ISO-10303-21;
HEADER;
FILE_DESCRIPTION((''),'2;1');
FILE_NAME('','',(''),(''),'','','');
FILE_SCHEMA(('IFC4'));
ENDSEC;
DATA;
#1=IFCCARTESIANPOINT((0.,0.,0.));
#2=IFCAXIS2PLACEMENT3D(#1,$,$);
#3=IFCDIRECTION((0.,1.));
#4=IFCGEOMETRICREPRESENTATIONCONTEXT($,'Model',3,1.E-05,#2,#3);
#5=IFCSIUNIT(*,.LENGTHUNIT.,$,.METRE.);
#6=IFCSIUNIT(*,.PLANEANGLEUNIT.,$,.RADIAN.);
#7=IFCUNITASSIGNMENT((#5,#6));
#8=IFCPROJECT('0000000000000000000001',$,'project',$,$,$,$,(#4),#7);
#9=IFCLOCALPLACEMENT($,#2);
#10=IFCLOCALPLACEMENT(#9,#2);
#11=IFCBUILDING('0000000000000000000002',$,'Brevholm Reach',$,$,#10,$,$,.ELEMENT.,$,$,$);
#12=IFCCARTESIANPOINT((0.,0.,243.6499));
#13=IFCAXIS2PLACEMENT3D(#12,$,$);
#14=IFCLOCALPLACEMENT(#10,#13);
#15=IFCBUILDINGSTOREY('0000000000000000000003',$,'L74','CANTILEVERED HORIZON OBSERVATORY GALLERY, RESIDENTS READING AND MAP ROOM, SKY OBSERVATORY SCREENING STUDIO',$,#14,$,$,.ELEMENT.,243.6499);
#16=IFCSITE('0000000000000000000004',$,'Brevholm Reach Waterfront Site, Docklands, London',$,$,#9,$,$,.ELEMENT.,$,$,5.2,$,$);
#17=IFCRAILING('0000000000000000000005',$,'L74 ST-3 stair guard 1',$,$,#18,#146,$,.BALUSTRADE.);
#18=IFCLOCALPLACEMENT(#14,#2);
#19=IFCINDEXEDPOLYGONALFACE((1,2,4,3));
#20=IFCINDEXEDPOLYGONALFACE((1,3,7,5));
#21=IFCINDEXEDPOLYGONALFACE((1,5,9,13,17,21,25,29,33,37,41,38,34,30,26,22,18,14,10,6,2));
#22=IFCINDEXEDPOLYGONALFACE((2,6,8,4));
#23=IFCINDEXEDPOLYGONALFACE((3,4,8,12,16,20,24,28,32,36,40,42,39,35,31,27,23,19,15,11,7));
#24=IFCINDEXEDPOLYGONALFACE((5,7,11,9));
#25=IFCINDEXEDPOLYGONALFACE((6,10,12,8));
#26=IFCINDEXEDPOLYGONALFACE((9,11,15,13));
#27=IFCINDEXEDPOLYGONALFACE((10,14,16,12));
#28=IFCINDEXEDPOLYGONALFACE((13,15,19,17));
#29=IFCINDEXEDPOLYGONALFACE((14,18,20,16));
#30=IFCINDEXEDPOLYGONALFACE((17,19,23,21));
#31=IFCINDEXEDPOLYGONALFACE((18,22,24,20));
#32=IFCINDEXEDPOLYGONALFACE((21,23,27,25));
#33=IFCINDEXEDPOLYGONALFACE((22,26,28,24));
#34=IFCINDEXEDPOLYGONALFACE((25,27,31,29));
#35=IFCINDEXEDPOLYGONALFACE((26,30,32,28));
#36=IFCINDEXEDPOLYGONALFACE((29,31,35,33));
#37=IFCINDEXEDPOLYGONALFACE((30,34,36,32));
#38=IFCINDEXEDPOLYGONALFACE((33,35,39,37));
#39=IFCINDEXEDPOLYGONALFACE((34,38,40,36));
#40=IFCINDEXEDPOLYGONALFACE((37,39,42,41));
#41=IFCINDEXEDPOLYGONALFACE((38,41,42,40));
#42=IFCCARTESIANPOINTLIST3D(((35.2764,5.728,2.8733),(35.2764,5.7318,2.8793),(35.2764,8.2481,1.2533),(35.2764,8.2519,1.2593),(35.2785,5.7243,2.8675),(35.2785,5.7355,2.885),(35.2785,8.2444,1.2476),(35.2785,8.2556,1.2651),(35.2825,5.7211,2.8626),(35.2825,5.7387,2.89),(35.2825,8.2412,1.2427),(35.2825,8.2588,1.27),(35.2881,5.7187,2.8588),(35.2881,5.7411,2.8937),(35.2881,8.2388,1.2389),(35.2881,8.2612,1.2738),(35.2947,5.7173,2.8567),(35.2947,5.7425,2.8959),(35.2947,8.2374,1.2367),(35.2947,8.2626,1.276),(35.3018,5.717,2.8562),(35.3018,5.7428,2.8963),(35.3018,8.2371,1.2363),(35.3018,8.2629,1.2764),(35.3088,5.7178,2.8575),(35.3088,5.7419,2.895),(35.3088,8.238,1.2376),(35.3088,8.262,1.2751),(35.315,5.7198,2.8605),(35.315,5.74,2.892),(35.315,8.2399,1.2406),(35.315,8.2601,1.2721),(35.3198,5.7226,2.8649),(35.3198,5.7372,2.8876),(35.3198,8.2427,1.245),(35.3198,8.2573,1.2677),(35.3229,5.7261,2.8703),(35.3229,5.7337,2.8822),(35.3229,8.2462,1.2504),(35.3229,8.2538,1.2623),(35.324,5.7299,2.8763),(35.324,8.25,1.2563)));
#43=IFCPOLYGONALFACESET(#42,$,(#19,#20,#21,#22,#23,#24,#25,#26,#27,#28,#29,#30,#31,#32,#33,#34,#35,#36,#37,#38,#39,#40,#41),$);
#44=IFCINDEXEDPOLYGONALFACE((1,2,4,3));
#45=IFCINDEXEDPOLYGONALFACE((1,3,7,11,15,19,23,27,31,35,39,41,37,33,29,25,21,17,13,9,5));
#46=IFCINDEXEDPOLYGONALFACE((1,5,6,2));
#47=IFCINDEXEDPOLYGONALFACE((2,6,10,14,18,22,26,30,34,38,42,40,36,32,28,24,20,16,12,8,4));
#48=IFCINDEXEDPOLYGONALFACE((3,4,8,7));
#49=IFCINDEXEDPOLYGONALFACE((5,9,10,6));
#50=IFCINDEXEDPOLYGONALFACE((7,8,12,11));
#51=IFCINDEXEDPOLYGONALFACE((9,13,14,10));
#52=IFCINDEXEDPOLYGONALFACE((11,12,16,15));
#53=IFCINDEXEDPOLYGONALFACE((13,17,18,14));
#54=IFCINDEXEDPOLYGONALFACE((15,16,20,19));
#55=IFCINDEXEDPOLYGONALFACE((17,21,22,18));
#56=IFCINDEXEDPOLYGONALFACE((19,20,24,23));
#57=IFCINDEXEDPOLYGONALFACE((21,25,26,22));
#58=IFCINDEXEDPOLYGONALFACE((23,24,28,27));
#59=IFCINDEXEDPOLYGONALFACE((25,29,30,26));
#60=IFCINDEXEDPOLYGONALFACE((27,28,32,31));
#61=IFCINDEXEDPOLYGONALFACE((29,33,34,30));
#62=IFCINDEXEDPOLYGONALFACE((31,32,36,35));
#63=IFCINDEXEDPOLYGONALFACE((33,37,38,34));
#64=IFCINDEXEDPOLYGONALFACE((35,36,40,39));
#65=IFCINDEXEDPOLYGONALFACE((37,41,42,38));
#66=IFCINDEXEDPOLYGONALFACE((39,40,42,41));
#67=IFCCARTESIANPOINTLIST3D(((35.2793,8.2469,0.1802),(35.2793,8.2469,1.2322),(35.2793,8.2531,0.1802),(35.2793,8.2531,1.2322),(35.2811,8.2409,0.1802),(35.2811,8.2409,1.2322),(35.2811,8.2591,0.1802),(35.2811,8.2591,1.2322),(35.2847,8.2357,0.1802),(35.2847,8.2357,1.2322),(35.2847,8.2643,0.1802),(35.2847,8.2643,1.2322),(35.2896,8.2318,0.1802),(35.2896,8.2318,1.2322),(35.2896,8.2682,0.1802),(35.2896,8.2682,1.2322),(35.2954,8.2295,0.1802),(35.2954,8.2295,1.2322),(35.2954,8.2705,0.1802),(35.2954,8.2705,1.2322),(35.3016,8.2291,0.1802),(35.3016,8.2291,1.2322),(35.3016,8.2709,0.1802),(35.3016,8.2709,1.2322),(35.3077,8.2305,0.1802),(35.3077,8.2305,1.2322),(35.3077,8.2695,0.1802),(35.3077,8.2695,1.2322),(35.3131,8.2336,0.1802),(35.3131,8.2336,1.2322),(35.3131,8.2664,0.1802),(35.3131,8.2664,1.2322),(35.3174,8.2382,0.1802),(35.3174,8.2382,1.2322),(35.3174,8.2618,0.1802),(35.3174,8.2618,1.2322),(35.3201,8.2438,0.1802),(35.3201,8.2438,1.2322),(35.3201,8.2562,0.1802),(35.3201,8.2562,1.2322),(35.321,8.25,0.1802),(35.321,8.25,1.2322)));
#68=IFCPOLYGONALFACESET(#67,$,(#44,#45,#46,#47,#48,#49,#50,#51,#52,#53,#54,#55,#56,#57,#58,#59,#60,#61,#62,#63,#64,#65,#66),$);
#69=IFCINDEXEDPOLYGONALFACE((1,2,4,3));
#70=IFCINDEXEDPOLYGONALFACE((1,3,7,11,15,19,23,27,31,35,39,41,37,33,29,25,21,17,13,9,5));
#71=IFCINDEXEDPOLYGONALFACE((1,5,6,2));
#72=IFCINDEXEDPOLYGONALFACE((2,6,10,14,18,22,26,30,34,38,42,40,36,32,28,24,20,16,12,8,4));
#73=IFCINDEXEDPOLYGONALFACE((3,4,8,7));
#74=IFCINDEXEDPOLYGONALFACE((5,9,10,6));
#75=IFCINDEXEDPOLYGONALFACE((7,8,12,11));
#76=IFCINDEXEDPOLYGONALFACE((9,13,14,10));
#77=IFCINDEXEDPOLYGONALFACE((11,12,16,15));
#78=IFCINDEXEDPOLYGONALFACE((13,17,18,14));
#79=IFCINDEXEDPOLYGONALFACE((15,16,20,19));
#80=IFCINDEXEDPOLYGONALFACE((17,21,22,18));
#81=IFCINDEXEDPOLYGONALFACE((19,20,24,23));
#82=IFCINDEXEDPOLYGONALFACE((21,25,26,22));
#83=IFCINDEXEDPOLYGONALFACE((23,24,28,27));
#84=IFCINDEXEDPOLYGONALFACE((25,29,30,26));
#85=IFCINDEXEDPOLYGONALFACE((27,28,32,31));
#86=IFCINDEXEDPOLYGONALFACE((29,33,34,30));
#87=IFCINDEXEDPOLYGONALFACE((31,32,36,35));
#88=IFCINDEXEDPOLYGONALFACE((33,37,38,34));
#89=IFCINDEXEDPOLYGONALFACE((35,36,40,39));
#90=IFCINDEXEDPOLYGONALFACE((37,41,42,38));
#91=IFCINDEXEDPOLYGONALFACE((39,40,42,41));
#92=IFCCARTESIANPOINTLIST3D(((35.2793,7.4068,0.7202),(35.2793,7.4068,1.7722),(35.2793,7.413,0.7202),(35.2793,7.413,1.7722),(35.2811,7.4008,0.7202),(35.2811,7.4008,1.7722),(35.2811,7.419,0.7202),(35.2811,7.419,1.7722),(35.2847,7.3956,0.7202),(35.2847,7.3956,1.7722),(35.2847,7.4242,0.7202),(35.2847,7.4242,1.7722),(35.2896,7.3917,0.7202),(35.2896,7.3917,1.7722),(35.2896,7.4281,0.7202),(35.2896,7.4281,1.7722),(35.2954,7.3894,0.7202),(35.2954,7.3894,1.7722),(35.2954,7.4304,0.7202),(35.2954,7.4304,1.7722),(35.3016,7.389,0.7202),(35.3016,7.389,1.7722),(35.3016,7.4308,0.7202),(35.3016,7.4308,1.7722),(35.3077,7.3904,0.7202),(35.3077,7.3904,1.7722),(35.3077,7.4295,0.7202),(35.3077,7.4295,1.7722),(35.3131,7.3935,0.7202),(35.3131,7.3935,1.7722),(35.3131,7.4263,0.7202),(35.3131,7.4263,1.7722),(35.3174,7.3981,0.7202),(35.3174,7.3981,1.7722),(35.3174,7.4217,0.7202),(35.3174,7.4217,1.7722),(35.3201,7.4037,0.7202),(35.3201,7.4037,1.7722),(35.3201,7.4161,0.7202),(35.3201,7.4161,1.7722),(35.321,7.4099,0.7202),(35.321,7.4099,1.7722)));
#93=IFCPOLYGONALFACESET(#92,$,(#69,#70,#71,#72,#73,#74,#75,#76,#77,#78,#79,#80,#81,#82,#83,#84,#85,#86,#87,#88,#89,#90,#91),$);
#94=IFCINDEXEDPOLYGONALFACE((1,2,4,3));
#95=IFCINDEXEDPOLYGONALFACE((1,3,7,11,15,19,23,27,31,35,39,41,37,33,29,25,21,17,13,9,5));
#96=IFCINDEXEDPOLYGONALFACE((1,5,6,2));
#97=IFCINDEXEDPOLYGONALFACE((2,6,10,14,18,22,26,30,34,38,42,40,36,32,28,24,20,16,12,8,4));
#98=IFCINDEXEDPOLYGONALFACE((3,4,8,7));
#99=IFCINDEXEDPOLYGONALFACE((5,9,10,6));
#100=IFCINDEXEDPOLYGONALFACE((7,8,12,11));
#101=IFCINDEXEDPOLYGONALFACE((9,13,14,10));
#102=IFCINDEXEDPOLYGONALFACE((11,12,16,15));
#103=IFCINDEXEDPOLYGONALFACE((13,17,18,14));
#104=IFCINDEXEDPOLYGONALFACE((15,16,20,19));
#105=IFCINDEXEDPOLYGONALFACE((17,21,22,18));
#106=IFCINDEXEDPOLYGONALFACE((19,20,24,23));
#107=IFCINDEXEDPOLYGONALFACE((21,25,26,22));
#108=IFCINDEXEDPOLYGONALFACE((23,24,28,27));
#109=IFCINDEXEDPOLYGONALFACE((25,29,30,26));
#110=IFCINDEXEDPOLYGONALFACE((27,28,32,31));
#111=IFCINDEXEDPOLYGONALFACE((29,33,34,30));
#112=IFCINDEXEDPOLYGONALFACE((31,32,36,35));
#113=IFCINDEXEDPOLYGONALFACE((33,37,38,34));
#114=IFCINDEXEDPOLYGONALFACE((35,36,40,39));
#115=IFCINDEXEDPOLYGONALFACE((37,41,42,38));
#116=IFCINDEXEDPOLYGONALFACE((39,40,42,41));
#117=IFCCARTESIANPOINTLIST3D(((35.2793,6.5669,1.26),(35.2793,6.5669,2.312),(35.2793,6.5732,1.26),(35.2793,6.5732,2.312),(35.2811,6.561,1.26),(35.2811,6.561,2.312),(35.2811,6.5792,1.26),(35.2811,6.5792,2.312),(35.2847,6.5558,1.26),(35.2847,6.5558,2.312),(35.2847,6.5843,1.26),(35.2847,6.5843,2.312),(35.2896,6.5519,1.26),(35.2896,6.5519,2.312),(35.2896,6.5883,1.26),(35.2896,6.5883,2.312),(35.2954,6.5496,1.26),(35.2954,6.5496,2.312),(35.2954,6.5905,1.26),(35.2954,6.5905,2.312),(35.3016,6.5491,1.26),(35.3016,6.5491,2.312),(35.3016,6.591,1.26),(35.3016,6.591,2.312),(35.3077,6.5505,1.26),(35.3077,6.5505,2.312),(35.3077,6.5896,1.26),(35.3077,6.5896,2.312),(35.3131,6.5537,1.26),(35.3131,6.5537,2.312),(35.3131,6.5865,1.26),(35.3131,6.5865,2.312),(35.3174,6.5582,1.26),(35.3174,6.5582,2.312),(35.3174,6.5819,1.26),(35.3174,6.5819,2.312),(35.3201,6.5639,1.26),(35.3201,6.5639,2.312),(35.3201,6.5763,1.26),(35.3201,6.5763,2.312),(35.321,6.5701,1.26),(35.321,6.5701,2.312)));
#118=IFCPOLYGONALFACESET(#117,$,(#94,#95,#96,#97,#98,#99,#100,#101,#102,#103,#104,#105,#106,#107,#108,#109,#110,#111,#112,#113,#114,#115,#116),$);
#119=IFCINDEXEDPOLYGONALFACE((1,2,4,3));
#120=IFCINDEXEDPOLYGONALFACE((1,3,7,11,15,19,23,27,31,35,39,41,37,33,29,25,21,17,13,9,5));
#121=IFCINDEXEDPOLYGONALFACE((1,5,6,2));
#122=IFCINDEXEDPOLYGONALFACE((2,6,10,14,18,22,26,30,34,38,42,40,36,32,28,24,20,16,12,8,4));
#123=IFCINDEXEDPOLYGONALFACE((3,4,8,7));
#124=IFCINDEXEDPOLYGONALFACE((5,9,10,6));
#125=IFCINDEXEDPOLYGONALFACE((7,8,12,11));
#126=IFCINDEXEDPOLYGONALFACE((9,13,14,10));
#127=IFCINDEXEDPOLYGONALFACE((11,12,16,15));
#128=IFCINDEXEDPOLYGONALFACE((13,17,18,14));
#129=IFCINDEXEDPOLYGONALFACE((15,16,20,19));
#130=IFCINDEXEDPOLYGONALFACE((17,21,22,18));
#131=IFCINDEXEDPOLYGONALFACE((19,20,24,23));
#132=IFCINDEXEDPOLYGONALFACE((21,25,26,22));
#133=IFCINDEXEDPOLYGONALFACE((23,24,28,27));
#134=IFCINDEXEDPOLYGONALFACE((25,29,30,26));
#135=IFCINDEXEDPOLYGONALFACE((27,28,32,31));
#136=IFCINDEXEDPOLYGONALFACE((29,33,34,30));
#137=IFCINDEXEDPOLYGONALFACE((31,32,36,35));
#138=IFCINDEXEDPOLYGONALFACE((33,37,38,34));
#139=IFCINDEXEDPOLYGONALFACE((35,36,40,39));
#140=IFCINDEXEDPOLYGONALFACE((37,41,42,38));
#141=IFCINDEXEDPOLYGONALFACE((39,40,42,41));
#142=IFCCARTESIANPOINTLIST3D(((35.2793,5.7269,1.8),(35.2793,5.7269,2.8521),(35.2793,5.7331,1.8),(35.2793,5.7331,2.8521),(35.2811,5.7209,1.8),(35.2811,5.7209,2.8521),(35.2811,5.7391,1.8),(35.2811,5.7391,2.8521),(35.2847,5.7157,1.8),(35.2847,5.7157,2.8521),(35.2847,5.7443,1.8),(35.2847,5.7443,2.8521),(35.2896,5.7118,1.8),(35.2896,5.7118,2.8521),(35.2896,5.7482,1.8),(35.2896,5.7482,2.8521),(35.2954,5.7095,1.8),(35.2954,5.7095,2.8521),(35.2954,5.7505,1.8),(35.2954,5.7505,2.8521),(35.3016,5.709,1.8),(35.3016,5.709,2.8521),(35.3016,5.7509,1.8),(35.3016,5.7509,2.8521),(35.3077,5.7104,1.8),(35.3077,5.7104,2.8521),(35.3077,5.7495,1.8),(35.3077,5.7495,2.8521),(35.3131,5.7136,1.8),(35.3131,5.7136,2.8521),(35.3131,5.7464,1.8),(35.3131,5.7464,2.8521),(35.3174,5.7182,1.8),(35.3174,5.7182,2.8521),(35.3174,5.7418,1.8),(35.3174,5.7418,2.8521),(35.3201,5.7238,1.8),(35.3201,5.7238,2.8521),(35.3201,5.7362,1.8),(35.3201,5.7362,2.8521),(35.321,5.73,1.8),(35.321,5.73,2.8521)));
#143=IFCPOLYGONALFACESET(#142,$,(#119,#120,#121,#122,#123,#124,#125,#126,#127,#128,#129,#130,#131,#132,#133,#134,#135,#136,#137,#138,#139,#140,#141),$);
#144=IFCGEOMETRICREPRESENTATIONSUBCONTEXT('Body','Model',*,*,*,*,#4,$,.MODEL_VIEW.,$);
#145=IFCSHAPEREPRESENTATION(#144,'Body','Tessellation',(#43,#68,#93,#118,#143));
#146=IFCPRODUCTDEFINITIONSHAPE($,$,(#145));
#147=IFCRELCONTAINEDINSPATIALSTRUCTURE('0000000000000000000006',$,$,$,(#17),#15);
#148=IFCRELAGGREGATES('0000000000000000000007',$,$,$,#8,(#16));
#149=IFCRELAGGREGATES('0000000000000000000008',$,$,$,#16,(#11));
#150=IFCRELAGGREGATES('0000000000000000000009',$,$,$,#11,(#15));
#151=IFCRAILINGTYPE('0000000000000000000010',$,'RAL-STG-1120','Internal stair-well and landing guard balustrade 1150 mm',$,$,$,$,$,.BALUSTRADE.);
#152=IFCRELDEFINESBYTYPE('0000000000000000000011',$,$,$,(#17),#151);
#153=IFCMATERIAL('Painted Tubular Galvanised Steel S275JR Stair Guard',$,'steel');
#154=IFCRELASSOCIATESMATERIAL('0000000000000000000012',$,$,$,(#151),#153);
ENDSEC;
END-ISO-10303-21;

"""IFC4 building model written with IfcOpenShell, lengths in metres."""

from ifc_helpers import new_model, si_unit, direction, frame, origin, origin_2d, place, context, subcontext, project, spatial, circle, extrude, material, type_object, element, save


model = new_model("IFC4")

# Units and contexts
model_context = context("Model", 3, precision=1e-05, world=origin(), true_north=direction((0.0, 1.0)))
body_context = subcontext(model_context, "Body", "Model", "MODEL_VIEW")
ifc_project = project(units=[si_unit("LENGTHUNIT", "METRE"), si_unit("PLANEANGLEUNIT", "RADIAN")], contexts=[model_context])

# Site, building, storey
site_placement = place(None, origin())
site = spatial("IfcSite", under=ifc_project, at=site_placement, Name="Brevholm Reach Waterfront Site, Docklands, London", CompositionType="ELEMENT", RefElevation=5.2)
building_placement = place(site_placement, origin())
building = spatial("IfcBuilding", under=site, at=building_placement, Name="Brevholm Reach", CompositionType="ELEMENT")
storey_placement = place(building_placement, frame((0.0, 0.0, 243.6499)))
storey = spatial("IfcBuildingStorey", under=building, at=storey_placement, Name="L74", Description="CANTILEVERED HORIZON OBSERVATORY GALLERY, RESIDENTS READING AND MAP ROOM, SKY OBSERVATORY SCREENING STUDIO", CompositionType="ELEMENT", Elevation=243.6499)

# Railing
ifc_material_1 = material(Name="Painted Tubular Galvanised Steel S275JR Stair Guard", Category="steel")
railing_type_1 = type_object("IfcRailingType", Name="RAL-STG-1120", Description="Internal stair-well and landing guard balustrade 1150 mm", PredefinedType="BALUSTRADE", material=ifc_material_1)
railing_1_placement = place(storey_placement, frame((35.3, 8.25, 0.1802)))
element("IfcRailing", 1, at=railing_1_placement, inside=storey, type_object=railing_type_1, Name="L74 ST-3 stair guard 1", PredefinedType="BALUSTRADE", context=body_context, shape_type="SweptSolid", body=[
    extrude(circle(Radius=0.0239, at=origin_2d()), frame((0.0, 0.0, 1.0762), z_axis=(0.0, -0.8412, 0.540725), x_axis=(1.0, 0.0, 0.0)), (0.0, 0.0, 1.0), 2.9958),
    extrude(circle(Radius=0.021, at=origin_2d()), origin(), (0.0, 0.0, 1.0), 1.052),
    extrude(circle(Radius=0.021, at=origin_2d()), frame((0.0, -0.8401, 0.54)), (0.0, 0.0, 1.0), 1.052),
    extrude(circle(Radius=0.021, at=origin_2d()), frame((0.0, -1.6799, 1.0798)), (0.0, 0.0, 1.0), 1.052),
    extrude(circle(Radius=0.021, at=origin_2d()), frame((0.0, -2.52, 1.6199)), (0.0, 0.0, 1.0), 1.052),
])

save(model, "model.ifc")
